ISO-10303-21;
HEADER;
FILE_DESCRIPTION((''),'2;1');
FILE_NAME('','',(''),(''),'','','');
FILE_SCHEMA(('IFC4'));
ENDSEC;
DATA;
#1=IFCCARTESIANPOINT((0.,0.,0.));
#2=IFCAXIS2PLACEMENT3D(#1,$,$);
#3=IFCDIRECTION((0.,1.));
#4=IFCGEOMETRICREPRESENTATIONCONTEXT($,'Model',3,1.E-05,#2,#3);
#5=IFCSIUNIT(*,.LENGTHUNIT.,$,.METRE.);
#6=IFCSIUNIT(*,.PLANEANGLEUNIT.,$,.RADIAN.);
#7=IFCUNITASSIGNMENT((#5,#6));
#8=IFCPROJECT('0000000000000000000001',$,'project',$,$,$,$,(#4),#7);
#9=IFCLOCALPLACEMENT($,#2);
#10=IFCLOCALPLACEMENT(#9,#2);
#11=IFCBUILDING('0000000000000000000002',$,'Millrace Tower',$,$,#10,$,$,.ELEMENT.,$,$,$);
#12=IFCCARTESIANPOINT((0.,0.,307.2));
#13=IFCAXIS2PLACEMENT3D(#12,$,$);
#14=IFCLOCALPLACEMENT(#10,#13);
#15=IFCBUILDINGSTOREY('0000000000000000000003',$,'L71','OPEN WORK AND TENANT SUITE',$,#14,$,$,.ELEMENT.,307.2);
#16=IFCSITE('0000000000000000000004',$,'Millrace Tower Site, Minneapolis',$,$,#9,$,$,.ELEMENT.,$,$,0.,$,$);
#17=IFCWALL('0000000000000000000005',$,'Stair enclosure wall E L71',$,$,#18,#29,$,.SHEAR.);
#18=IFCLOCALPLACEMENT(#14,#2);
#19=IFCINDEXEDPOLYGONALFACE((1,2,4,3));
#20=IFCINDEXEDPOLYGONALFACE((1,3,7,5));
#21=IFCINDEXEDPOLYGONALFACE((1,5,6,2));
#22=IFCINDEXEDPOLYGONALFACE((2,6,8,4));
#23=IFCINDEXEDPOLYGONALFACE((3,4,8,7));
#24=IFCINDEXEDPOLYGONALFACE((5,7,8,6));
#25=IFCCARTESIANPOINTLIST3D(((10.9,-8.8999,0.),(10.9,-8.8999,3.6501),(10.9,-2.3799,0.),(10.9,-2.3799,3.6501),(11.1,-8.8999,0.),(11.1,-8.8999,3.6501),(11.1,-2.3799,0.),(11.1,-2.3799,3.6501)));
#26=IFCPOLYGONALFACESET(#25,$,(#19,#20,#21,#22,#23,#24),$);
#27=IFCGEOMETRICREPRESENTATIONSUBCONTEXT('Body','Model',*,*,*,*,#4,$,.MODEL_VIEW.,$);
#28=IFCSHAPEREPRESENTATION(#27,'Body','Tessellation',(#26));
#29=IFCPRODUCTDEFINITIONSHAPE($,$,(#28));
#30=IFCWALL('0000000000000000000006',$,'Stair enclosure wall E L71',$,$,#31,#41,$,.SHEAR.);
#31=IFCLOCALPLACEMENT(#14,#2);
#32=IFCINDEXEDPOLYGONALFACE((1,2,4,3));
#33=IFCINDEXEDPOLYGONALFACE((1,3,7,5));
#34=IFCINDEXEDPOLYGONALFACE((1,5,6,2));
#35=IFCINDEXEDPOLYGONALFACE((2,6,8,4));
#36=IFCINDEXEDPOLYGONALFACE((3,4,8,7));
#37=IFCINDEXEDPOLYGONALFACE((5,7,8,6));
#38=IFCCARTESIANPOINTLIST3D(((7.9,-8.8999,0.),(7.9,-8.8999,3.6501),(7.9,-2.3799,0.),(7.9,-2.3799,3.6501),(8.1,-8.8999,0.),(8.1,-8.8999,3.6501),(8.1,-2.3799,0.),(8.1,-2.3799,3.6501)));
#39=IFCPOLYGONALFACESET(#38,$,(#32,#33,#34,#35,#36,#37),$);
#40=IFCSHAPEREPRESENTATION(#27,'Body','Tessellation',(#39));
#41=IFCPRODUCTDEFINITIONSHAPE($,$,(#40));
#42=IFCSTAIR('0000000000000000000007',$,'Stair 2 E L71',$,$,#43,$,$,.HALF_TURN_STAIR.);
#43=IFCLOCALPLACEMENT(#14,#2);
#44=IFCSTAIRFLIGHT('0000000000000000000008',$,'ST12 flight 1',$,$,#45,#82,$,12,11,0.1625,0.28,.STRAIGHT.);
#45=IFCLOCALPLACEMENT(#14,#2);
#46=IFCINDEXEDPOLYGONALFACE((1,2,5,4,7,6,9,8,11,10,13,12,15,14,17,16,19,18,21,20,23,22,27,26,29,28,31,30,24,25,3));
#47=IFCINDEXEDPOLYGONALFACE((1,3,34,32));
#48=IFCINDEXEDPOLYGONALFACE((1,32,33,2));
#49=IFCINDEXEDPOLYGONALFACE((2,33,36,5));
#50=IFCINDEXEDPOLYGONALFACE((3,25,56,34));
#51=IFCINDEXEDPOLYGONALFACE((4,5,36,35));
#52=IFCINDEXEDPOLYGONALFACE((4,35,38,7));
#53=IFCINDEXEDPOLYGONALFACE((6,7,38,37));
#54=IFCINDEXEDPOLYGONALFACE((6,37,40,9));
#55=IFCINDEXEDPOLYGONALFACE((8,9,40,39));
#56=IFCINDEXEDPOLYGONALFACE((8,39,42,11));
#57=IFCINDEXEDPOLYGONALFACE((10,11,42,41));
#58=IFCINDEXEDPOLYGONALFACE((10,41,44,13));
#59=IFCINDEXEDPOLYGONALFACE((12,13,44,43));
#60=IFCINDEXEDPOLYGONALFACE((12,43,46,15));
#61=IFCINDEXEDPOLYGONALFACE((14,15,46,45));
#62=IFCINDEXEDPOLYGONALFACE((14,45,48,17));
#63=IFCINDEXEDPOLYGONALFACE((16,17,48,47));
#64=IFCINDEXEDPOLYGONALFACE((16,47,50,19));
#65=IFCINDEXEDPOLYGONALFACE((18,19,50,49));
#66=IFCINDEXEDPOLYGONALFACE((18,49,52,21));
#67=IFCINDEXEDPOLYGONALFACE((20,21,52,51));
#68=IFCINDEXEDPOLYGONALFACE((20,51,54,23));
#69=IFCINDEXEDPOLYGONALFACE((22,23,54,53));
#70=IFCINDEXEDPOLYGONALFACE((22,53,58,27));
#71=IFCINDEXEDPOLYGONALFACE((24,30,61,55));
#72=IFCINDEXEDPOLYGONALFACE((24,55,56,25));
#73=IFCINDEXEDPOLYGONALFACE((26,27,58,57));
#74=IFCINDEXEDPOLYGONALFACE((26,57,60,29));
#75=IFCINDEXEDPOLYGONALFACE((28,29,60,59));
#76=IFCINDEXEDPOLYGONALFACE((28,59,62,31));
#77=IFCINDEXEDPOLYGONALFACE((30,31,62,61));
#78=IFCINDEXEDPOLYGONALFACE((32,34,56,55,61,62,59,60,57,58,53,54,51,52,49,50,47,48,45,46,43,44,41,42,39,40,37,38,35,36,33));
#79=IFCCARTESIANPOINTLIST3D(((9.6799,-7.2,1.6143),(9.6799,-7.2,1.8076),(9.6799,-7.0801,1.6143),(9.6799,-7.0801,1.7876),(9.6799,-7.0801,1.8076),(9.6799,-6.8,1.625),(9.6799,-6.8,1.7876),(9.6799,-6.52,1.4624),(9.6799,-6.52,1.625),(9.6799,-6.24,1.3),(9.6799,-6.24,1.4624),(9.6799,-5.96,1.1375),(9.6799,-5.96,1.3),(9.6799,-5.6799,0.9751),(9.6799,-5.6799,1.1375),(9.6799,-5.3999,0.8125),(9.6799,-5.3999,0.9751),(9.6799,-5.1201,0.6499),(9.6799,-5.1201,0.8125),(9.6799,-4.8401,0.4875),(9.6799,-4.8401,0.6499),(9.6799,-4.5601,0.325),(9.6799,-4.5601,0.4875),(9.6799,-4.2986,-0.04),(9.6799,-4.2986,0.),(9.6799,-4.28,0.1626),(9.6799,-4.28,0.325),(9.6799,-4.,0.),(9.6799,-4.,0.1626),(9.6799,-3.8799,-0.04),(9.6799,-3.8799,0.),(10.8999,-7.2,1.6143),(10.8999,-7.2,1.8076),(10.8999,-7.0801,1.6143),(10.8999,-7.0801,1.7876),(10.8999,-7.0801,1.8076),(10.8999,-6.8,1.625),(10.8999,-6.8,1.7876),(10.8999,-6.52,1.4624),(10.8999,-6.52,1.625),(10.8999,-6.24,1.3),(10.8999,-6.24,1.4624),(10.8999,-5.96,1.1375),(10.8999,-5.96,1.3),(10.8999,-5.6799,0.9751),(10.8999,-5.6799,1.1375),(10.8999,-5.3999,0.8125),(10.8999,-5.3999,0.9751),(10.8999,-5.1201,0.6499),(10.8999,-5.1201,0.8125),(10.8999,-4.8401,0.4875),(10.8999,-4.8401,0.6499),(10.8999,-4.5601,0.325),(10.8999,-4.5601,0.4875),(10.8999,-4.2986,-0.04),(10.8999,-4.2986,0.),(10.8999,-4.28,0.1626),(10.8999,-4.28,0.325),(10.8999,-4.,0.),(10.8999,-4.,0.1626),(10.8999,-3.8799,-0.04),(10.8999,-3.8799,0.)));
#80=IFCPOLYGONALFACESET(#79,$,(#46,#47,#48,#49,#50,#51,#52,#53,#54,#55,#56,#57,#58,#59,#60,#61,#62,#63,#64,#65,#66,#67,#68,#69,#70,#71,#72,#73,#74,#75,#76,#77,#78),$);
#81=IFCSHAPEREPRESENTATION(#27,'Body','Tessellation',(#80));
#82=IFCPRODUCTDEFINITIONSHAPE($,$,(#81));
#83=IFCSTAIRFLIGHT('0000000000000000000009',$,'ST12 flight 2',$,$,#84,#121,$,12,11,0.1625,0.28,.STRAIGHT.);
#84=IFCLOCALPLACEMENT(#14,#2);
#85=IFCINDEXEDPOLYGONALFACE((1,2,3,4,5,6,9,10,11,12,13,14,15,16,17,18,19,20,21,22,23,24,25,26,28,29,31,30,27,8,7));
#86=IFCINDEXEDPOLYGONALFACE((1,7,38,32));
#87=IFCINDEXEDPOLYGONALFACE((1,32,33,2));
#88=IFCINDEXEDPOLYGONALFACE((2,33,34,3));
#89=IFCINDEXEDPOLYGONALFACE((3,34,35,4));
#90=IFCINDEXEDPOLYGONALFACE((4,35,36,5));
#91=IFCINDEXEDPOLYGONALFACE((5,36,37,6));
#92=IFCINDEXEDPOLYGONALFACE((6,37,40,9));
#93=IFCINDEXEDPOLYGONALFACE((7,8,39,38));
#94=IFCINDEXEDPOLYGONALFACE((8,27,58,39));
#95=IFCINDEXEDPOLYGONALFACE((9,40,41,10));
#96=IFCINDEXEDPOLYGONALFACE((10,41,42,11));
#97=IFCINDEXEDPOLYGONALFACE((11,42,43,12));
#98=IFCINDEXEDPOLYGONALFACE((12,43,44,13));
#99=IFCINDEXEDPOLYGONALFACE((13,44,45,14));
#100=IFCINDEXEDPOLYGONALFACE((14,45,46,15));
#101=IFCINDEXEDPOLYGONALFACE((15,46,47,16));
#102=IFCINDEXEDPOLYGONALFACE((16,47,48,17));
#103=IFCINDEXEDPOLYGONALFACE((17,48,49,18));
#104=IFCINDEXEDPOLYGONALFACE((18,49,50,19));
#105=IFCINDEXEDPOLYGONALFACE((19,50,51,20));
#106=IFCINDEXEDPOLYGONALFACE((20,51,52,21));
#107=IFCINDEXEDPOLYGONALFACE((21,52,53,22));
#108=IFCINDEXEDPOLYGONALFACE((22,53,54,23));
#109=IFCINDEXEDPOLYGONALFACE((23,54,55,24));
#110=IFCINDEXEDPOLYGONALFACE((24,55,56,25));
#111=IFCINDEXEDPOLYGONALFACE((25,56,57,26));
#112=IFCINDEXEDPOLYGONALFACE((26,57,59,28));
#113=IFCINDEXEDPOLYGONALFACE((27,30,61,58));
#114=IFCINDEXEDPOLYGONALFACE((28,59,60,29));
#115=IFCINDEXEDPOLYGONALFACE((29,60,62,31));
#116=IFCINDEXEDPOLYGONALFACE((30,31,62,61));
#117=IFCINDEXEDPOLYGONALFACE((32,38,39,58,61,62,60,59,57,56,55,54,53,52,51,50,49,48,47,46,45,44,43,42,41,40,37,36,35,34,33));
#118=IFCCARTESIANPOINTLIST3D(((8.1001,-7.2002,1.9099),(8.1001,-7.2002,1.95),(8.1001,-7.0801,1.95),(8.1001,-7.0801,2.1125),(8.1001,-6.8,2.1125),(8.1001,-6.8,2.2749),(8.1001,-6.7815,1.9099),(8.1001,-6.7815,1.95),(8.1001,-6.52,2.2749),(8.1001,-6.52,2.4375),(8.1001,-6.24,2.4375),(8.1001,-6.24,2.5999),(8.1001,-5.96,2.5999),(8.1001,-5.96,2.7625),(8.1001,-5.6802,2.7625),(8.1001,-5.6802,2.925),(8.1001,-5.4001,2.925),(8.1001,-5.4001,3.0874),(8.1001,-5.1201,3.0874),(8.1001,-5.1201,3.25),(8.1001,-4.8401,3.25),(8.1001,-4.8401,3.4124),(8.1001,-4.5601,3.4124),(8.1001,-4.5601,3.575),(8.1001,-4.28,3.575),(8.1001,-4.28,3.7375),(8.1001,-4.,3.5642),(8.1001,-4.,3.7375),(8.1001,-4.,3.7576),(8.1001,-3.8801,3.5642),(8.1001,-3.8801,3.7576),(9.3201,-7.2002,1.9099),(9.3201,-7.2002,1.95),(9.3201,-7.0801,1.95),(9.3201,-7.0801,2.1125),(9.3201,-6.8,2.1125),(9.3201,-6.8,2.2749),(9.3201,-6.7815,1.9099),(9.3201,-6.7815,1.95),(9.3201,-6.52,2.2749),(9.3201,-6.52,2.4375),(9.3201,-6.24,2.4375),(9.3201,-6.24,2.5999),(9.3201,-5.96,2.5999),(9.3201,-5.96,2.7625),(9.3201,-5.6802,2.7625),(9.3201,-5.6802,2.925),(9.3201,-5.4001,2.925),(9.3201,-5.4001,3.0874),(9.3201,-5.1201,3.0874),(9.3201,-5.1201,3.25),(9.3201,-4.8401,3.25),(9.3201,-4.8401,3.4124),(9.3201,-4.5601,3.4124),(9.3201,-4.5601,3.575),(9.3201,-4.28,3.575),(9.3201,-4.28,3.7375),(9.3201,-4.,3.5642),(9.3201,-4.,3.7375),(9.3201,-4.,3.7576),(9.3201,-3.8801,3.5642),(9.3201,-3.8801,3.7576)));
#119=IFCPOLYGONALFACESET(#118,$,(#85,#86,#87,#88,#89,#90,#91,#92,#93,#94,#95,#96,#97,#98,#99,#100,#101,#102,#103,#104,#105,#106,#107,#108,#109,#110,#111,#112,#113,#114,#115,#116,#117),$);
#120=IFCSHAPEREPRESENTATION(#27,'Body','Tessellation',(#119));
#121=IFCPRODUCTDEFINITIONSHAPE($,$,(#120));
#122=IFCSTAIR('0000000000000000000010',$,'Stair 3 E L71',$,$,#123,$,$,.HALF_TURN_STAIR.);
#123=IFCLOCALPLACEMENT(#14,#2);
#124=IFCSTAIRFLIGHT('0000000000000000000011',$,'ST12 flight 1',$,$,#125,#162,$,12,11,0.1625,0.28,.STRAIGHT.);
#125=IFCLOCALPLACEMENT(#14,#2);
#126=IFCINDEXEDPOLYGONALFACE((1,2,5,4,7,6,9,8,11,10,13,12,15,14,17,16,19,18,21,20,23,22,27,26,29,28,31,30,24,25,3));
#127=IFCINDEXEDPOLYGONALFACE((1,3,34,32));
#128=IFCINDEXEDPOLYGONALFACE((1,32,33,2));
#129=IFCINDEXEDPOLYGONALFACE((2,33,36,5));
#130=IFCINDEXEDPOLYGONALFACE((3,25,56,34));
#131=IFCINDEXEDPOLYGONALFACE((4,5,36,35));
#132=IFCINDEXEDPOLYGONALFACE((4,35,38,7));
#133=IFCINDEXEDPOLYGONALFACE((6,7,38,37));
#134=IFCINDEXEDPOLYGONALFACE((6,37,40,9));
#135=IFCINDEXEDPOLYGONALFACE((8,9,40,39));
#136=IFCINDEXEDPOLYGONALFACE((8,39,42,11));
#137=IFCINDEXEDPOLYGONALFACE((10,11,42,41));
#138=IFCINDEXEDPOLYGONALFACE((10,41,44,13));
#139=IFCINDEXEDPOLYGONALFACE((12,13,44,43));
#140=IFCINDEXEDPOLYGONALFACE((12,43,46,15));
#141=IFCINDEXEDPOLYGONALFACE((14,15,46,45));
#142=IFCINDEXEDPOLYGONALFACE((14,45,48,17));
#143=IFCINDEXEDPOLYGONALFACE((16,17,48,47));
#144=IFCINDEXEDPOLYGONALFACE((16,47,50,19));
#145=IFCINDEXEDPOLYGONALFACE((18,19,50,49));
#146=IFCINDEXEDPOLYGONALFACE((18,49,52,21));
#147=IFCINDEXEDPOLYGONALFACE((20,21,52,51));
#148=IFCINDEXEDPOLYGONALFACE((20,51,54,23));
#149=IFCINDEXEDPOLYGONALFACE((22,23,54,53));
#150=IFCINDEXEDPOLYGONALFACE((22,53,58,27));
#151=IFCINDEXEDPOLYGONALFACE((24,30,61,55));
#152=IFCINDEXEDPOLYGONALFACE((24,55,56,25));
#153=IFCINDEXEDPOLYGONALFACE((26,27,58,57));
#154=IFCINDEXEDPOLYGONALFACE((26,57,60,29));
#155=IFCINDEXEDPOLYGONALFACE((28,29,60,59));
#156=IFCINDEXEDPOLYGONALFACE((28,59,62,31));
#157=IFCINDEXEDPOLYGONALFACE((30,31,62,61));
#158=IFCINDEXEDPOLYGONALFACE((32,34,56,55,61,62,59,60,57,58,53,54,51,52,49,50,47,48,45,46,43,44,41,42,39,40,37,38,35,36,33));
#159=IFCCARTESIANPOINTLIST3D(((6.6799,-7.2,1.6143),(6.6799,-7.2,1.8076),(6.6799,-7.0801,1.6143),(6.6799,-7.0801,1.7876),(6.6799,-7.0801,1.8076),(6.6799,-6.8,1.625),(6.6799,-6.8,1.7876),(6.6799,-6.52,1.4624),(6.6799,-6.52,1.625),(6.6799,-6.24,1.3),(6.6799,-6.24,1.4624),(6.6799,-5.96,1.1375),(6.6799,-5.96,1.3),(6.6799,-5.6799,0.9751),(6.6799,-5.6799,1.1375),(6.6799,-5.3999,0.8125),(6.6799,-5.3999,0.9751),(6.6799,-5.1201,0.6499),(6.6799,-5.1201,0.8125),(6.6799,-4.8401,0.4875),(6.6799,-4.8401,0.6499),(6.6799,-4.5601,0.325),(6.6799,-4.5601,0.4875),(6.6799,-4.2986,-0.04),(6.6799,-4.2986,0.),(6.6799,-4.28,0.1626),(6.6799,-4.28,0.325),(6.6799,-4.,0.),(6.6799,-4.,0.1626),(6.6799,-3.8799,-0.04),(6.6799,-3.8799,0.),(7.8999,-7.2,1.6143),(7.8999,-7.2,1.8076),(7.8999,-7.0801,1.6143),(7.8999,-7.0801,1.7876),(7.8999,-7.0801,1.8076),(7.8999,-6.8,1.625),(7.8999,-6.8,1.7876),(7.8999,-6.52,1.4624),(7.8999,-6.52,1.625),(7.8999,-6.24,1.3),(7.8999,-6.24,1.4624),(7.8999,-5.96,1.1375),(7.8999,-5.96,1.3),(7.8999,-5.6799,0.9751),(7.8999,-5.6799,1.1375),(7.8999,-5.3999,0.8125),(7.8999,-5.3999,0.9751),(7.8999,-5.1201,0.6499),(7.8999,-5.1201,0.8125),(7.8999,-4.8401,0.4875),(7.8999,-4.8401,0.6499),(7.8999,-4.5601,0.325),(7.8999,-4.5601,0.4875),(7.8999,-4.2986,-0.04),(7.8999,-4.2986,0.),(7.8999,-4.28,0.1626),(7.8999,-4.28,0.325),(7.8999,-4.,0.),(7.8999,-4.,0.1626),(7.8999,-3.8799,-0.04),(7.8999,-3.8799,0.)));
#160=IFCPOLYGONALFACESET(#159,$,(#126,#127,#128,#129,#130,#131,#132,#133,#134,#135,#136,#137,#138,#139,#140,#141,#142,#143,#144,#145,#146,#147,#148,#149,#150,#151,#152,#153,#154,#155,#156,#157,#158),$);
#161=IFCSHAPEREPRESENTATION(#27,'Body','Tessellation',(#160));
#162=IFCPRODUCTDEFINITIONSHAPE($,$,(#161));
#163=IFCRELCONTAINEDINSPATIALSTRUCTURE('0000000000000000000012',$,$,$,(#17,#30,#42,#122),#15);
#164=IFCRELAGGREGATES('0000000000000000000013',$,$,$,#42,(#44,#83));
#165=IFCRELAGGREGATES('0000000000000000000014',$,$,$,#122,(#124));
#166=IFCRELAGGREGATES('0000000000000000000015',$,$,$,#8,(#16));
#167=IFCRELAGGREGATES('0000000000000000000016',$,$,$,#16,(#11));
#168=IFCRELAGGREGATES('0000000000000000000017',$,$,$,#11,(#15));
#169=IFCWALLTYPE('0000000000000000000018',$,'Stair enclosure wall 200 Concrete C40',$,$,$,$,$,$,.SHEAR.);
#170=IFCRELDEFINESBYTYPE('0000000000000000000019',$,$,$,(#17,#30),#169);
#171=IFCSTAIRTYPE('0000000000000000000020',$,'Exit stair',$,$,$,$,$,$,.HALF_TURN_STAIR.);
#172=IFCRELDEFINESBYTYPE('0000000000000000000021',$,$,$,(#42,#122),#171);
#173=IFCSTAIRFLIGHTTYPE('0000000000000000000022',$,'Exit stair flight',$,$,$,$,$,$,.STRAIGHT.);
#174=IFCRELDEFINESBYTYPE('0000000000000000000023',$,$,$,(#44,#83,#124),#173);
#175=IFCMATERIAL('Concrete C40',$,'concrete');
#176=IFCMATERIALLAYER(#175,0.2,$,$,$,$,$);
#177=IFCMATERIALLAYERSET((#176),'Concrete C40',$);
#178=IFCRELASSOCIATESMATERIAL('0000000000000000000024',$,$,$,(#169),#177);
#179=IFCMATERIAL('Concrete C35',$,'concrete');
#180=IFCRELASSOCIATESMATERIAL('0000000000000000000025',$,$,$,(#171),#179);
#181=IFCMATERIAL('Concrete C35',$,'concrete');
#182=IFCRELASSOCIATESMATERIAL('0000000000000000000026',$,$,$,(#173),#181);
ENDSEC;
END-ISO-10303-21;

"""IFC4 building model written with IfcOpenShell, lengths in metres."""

from ifc_helpers import new_model, si_unit, direction, frame, frame_2d, origin, place, context, subcontext, project, spatial, polyline, rectangle, outline, extrude, material, layer, layer_set, type_object, element, aggregate, save


model = new_model("IFC4")

# Units and contexts
model_context = context("Model", 3, precision=1e-05, world=origin(), true_north=direction((0.0, 1.0)))
body_context = subcontext(model_context, "Body", "Model", "MODEL_VIEW")
ifc_project = project(units=[si_unit("LENGTHUNIT", "METRE"), si_unit("PLANEANGLEUNIT", "RADIAN")], contexts=[model_context])

# Site, building, storey
site_placement = place(None, origin())
site = spatial("IfcSite", under=ifc_project, at=site_placement, Name="Millrace Tower Site, Minneapolis", CompositionType="ELEMENT", RefElevation=0.0)
building_placement = place(site_placement, origin())
building = spatial("IfcBuilding", under=site, at=building_placement, Name="Millrace Tower", CompositionType="ELEMENT")
storey_placement = place(building_placement, frame((0.0, 0.0, 307.2)))
storey = spatial("IfcBuildingStorey", under=building, at=storey_placement, Name="L71", Description="OPEN WORK AND TENANT SUITE", CompositionType="ELEMENT", Elevation=307.2)

# Shared definitions
placement = place(storey_placement, origin())

# Walls
ifc_material_1 = material(Name="Concrete C40", Category="concrete")
ifc_layer_1 = layer(ifc_material_1, 0.2)
ifc_layer_set_1 = layer_set([ifc_layer_1], Name="Concrete C40")
wall_type_1 = type_object("IfcWallType", Name="Stair enclosure wall 200 Concrete C40", PredefinedType="SHEAR", material=ifc_layer_set_1)
for number, where, z_axis, x_axis, name in (
    (1, (11.0, -2.3799, 0.0), (0.0, 0.0, 1.0), (0.0, -1.0, 0.0), "Stair enclosure wall E L71"),
    (2, (8.0, -2.3799, 0.0), (0.0, 0.0, 1.0), (0.0, -1.0, 0.0), "Stair enclosure wall E L71"),
):
    element("IfcWall", number, at=place(storey_placement, frame(where, z_axis=z_axis, x_axis=x_axis)), inside=storey, type_object=wall_type_1, Name=name, PredefinedType="SHEAR", context=body_context, shape_type="SweptSolid", body=[
        extrude(rectangle(XDim=6.52, YDim=0.2, at=frame_2d((3.26, 0.0))), origin(), (0.0, 0.0, 1.0), 3.6501),
    ])

# Stairs, stair flights
ifc_material_2 = material(Name="Concrete C35", Category="concrete")
stair_type = type_object("IfcStairType", Name="Exit stair", PredefinedType="HALF_TURN_STAIR", material=ifc_material_2)
stair_1 = element("IfcStair", 3, at=placement, inside=storey, type_object=stair_type, Name="Stair 2 E L71", PredefinedType="HALF_TURN_STAIR")
ifc_material_3 = material(Name="Concrete C35", Category="concrete")
stair_flight_type = type_object("IfcStairFlightType", Name="Exit stair flight", PredefinedType="STRAIGHT", material=ifc_material_3)
stair_flight_1_placement = place(storey_placement, frame((10.29, -4.0, 0.0), z_axis=(0.0, 0.0, 1.0), x_axis=(0.0, -1.0, 0.0)))
stair_flight_1 = element("IfcStairFlight", 4, at=stair_flight_1_placement, type_object=stair_flight_type, Name="ST12 flight 1", NumberOfRisers=12, NumberOfTreads=11, PredefinedType="STRAIGHT", RiserHeight=0.1625, TreadLength=0.28, context=body_context, shape_type="SweptSolid", body=[
    extrude(outline(polyline([(-0.1201, -0.04), (-0.1201, 0.0), (0.0, 0.0), (0.0, 0.1626), (0.28, 0.1626), (0.28, 0.325), (0.5601, 0.325), (0.5601, 0.4875), (0.8401, 0.4875), (0.8401, 0.6499), (1.1201, 0.6499), (1.1201, 0.8125), (1.3999, 0.8125), (1.3999, 0.9751), (1.6799, 0.9751), (1.6799, 1.1375), (1.96, 1.1375), (1.96, 1.3), (2.24, 1.3), (2.24, 1.4624), (2.52, 1.4624), (2.52, 1.625), (2.8, 1.625), (2.8, 1.7876), (3.0801, 1.7876), (3.0801, 1.8076), (3.2, 1.8076), (3.2, 1.6143), (3.0801, 1.6143), (0.2986, 0.0), (0.2986, -0.04), (-0.1201, -0.04)])), frame((0.0, 0.6099, 0.0), z_axis=(0.0, -1.0, 0.0), x_axis=(1.0, 0.0, 0.0)), (0.0, 0.0, 1.0), 1.22),
])
stair_flight_2_placement = place(storey_placement, frame((8.71, -7.0801, 1.95), z_axis=(0.0, 0.0, 1.0), x_axis=(0.0, 1.0, 0.0)))
stair_flight_2 = element("IfcStairFlight", 5, at=stair_flight_2_placement, type_object=stair_flight_type, Name="ST12 flight 2", NumberOfRisers=12, NumberOfTreads=11, PredefinedType="STRAIGHT", RiserHeight=0.1625, TreadLength=0.28, context=body_context, shape_type="SweptSolid", body=[
    extrude(outline(polyline([(-0.1201, -0.04), (-0.1201, 0.0), (0.0, 0.0), (0.0, 0.1626), (0.28, 0.1626), (0.28, 0.325), (0.5601, 0.325), (0.5601, 0.4875), (0.8401, 0.4875), (0.8401, 0.6499), (1.1201, 0.6499), (1.1201, 0.8125), (1.3999, 0.8125), (1.3999, 0.9751), (1.6799, 0.9751), (1.6799, 1.1375), (1.96, 1.1375), (1.96, 1.3), (2.24, 1.3), (2.24, 1.4624), (2.52, 1.4624), (2.52, 1.625), (2.8, 1.625), (2.8, 1.7876), (3.0801, 1.7876), (3.0801, 1.8076), (3.2, 1.8076), (3.2, 1.6143), (3.0801, 1.6143), (0.2986, 0.0), (0.2986, -0.04), (-0.1201, -0.04)])), frame((0.0, 0.6099, 0.0), z_axis=(0.0, -1.0, 0.0), x_axis=(1.0, 0.0, 0.0)), (0.0, 0.0, 1.0), 1.22),
])
aggregate(stair_1, [stair_flight_1, stair_flight_2])
stair_2 = element("IfcStair", 6, at=placement, inside=storey, type_object=stair_type, Name="Stair 3 E L71", PredefinedType="HALF_TURN_STAIR")
stair_flight_3_placement = place(storey_placement, frame((7.29, -4.0, 0.0), z_axis=(0.0, 0.0, 1.0), x_axis=(0.0, -1.0, 0.0)))
stair_flight_3 = element("IfcStairFlight", 7, at=stair_flight_3_placement, type_object=stair_flight_type, Name="ST12 flight 1", NumberOfRisers=12, NumberOfTreads=11, PredefinedType="STRAIGHT", RiserHeight=0.1625, TreadLength=0.28, context=body_context, shape_type="SweptSolid", body=[
    extrude(outline(polyline([(-0.1201, -0.04), (-0.1201, 0.0), (0.0, 0.0), (0.0, 0.1626), (0.28, 0.1626), (0.28, 0.325), (0.5601, 0.325), (0.5601, 0.4875), (0.8401, 0.4875), (0.8401, 0.6499), (1.1201, 0.6499), (1.1201, 0.8125), (1.3999, 0.8125), (1.3999, 0.9751), (1.6799, 0.9751), (1.6799, 1.1375), (1.96, 1.1375), (1.96, 1.3), (2.24, 1.3), (2.24, 1.4624), (2.52, 1.4624), (2.52, 1.625), (2.8, 1.625), (2.8, 1.7876), (3.0801, 1.7876), (3.0801, 1.8076), (3.2, 1.8076), (3.2, 1.6143), (3.0801, 1.6143), (0.2986, 0.0), (0.2986, -0.04), (-0.1201, -0.04)])), frame((0.0, 0.6099, 0.0), z_axis=(0.0, -1.0, 0.0), x_axis=(1.0, 0.0, 0.0)), (0.0, 0.0, 1.0), 1.22),
])
aggregate(stair_2, [stair_flight_3])

save(model, "model.ifc")
